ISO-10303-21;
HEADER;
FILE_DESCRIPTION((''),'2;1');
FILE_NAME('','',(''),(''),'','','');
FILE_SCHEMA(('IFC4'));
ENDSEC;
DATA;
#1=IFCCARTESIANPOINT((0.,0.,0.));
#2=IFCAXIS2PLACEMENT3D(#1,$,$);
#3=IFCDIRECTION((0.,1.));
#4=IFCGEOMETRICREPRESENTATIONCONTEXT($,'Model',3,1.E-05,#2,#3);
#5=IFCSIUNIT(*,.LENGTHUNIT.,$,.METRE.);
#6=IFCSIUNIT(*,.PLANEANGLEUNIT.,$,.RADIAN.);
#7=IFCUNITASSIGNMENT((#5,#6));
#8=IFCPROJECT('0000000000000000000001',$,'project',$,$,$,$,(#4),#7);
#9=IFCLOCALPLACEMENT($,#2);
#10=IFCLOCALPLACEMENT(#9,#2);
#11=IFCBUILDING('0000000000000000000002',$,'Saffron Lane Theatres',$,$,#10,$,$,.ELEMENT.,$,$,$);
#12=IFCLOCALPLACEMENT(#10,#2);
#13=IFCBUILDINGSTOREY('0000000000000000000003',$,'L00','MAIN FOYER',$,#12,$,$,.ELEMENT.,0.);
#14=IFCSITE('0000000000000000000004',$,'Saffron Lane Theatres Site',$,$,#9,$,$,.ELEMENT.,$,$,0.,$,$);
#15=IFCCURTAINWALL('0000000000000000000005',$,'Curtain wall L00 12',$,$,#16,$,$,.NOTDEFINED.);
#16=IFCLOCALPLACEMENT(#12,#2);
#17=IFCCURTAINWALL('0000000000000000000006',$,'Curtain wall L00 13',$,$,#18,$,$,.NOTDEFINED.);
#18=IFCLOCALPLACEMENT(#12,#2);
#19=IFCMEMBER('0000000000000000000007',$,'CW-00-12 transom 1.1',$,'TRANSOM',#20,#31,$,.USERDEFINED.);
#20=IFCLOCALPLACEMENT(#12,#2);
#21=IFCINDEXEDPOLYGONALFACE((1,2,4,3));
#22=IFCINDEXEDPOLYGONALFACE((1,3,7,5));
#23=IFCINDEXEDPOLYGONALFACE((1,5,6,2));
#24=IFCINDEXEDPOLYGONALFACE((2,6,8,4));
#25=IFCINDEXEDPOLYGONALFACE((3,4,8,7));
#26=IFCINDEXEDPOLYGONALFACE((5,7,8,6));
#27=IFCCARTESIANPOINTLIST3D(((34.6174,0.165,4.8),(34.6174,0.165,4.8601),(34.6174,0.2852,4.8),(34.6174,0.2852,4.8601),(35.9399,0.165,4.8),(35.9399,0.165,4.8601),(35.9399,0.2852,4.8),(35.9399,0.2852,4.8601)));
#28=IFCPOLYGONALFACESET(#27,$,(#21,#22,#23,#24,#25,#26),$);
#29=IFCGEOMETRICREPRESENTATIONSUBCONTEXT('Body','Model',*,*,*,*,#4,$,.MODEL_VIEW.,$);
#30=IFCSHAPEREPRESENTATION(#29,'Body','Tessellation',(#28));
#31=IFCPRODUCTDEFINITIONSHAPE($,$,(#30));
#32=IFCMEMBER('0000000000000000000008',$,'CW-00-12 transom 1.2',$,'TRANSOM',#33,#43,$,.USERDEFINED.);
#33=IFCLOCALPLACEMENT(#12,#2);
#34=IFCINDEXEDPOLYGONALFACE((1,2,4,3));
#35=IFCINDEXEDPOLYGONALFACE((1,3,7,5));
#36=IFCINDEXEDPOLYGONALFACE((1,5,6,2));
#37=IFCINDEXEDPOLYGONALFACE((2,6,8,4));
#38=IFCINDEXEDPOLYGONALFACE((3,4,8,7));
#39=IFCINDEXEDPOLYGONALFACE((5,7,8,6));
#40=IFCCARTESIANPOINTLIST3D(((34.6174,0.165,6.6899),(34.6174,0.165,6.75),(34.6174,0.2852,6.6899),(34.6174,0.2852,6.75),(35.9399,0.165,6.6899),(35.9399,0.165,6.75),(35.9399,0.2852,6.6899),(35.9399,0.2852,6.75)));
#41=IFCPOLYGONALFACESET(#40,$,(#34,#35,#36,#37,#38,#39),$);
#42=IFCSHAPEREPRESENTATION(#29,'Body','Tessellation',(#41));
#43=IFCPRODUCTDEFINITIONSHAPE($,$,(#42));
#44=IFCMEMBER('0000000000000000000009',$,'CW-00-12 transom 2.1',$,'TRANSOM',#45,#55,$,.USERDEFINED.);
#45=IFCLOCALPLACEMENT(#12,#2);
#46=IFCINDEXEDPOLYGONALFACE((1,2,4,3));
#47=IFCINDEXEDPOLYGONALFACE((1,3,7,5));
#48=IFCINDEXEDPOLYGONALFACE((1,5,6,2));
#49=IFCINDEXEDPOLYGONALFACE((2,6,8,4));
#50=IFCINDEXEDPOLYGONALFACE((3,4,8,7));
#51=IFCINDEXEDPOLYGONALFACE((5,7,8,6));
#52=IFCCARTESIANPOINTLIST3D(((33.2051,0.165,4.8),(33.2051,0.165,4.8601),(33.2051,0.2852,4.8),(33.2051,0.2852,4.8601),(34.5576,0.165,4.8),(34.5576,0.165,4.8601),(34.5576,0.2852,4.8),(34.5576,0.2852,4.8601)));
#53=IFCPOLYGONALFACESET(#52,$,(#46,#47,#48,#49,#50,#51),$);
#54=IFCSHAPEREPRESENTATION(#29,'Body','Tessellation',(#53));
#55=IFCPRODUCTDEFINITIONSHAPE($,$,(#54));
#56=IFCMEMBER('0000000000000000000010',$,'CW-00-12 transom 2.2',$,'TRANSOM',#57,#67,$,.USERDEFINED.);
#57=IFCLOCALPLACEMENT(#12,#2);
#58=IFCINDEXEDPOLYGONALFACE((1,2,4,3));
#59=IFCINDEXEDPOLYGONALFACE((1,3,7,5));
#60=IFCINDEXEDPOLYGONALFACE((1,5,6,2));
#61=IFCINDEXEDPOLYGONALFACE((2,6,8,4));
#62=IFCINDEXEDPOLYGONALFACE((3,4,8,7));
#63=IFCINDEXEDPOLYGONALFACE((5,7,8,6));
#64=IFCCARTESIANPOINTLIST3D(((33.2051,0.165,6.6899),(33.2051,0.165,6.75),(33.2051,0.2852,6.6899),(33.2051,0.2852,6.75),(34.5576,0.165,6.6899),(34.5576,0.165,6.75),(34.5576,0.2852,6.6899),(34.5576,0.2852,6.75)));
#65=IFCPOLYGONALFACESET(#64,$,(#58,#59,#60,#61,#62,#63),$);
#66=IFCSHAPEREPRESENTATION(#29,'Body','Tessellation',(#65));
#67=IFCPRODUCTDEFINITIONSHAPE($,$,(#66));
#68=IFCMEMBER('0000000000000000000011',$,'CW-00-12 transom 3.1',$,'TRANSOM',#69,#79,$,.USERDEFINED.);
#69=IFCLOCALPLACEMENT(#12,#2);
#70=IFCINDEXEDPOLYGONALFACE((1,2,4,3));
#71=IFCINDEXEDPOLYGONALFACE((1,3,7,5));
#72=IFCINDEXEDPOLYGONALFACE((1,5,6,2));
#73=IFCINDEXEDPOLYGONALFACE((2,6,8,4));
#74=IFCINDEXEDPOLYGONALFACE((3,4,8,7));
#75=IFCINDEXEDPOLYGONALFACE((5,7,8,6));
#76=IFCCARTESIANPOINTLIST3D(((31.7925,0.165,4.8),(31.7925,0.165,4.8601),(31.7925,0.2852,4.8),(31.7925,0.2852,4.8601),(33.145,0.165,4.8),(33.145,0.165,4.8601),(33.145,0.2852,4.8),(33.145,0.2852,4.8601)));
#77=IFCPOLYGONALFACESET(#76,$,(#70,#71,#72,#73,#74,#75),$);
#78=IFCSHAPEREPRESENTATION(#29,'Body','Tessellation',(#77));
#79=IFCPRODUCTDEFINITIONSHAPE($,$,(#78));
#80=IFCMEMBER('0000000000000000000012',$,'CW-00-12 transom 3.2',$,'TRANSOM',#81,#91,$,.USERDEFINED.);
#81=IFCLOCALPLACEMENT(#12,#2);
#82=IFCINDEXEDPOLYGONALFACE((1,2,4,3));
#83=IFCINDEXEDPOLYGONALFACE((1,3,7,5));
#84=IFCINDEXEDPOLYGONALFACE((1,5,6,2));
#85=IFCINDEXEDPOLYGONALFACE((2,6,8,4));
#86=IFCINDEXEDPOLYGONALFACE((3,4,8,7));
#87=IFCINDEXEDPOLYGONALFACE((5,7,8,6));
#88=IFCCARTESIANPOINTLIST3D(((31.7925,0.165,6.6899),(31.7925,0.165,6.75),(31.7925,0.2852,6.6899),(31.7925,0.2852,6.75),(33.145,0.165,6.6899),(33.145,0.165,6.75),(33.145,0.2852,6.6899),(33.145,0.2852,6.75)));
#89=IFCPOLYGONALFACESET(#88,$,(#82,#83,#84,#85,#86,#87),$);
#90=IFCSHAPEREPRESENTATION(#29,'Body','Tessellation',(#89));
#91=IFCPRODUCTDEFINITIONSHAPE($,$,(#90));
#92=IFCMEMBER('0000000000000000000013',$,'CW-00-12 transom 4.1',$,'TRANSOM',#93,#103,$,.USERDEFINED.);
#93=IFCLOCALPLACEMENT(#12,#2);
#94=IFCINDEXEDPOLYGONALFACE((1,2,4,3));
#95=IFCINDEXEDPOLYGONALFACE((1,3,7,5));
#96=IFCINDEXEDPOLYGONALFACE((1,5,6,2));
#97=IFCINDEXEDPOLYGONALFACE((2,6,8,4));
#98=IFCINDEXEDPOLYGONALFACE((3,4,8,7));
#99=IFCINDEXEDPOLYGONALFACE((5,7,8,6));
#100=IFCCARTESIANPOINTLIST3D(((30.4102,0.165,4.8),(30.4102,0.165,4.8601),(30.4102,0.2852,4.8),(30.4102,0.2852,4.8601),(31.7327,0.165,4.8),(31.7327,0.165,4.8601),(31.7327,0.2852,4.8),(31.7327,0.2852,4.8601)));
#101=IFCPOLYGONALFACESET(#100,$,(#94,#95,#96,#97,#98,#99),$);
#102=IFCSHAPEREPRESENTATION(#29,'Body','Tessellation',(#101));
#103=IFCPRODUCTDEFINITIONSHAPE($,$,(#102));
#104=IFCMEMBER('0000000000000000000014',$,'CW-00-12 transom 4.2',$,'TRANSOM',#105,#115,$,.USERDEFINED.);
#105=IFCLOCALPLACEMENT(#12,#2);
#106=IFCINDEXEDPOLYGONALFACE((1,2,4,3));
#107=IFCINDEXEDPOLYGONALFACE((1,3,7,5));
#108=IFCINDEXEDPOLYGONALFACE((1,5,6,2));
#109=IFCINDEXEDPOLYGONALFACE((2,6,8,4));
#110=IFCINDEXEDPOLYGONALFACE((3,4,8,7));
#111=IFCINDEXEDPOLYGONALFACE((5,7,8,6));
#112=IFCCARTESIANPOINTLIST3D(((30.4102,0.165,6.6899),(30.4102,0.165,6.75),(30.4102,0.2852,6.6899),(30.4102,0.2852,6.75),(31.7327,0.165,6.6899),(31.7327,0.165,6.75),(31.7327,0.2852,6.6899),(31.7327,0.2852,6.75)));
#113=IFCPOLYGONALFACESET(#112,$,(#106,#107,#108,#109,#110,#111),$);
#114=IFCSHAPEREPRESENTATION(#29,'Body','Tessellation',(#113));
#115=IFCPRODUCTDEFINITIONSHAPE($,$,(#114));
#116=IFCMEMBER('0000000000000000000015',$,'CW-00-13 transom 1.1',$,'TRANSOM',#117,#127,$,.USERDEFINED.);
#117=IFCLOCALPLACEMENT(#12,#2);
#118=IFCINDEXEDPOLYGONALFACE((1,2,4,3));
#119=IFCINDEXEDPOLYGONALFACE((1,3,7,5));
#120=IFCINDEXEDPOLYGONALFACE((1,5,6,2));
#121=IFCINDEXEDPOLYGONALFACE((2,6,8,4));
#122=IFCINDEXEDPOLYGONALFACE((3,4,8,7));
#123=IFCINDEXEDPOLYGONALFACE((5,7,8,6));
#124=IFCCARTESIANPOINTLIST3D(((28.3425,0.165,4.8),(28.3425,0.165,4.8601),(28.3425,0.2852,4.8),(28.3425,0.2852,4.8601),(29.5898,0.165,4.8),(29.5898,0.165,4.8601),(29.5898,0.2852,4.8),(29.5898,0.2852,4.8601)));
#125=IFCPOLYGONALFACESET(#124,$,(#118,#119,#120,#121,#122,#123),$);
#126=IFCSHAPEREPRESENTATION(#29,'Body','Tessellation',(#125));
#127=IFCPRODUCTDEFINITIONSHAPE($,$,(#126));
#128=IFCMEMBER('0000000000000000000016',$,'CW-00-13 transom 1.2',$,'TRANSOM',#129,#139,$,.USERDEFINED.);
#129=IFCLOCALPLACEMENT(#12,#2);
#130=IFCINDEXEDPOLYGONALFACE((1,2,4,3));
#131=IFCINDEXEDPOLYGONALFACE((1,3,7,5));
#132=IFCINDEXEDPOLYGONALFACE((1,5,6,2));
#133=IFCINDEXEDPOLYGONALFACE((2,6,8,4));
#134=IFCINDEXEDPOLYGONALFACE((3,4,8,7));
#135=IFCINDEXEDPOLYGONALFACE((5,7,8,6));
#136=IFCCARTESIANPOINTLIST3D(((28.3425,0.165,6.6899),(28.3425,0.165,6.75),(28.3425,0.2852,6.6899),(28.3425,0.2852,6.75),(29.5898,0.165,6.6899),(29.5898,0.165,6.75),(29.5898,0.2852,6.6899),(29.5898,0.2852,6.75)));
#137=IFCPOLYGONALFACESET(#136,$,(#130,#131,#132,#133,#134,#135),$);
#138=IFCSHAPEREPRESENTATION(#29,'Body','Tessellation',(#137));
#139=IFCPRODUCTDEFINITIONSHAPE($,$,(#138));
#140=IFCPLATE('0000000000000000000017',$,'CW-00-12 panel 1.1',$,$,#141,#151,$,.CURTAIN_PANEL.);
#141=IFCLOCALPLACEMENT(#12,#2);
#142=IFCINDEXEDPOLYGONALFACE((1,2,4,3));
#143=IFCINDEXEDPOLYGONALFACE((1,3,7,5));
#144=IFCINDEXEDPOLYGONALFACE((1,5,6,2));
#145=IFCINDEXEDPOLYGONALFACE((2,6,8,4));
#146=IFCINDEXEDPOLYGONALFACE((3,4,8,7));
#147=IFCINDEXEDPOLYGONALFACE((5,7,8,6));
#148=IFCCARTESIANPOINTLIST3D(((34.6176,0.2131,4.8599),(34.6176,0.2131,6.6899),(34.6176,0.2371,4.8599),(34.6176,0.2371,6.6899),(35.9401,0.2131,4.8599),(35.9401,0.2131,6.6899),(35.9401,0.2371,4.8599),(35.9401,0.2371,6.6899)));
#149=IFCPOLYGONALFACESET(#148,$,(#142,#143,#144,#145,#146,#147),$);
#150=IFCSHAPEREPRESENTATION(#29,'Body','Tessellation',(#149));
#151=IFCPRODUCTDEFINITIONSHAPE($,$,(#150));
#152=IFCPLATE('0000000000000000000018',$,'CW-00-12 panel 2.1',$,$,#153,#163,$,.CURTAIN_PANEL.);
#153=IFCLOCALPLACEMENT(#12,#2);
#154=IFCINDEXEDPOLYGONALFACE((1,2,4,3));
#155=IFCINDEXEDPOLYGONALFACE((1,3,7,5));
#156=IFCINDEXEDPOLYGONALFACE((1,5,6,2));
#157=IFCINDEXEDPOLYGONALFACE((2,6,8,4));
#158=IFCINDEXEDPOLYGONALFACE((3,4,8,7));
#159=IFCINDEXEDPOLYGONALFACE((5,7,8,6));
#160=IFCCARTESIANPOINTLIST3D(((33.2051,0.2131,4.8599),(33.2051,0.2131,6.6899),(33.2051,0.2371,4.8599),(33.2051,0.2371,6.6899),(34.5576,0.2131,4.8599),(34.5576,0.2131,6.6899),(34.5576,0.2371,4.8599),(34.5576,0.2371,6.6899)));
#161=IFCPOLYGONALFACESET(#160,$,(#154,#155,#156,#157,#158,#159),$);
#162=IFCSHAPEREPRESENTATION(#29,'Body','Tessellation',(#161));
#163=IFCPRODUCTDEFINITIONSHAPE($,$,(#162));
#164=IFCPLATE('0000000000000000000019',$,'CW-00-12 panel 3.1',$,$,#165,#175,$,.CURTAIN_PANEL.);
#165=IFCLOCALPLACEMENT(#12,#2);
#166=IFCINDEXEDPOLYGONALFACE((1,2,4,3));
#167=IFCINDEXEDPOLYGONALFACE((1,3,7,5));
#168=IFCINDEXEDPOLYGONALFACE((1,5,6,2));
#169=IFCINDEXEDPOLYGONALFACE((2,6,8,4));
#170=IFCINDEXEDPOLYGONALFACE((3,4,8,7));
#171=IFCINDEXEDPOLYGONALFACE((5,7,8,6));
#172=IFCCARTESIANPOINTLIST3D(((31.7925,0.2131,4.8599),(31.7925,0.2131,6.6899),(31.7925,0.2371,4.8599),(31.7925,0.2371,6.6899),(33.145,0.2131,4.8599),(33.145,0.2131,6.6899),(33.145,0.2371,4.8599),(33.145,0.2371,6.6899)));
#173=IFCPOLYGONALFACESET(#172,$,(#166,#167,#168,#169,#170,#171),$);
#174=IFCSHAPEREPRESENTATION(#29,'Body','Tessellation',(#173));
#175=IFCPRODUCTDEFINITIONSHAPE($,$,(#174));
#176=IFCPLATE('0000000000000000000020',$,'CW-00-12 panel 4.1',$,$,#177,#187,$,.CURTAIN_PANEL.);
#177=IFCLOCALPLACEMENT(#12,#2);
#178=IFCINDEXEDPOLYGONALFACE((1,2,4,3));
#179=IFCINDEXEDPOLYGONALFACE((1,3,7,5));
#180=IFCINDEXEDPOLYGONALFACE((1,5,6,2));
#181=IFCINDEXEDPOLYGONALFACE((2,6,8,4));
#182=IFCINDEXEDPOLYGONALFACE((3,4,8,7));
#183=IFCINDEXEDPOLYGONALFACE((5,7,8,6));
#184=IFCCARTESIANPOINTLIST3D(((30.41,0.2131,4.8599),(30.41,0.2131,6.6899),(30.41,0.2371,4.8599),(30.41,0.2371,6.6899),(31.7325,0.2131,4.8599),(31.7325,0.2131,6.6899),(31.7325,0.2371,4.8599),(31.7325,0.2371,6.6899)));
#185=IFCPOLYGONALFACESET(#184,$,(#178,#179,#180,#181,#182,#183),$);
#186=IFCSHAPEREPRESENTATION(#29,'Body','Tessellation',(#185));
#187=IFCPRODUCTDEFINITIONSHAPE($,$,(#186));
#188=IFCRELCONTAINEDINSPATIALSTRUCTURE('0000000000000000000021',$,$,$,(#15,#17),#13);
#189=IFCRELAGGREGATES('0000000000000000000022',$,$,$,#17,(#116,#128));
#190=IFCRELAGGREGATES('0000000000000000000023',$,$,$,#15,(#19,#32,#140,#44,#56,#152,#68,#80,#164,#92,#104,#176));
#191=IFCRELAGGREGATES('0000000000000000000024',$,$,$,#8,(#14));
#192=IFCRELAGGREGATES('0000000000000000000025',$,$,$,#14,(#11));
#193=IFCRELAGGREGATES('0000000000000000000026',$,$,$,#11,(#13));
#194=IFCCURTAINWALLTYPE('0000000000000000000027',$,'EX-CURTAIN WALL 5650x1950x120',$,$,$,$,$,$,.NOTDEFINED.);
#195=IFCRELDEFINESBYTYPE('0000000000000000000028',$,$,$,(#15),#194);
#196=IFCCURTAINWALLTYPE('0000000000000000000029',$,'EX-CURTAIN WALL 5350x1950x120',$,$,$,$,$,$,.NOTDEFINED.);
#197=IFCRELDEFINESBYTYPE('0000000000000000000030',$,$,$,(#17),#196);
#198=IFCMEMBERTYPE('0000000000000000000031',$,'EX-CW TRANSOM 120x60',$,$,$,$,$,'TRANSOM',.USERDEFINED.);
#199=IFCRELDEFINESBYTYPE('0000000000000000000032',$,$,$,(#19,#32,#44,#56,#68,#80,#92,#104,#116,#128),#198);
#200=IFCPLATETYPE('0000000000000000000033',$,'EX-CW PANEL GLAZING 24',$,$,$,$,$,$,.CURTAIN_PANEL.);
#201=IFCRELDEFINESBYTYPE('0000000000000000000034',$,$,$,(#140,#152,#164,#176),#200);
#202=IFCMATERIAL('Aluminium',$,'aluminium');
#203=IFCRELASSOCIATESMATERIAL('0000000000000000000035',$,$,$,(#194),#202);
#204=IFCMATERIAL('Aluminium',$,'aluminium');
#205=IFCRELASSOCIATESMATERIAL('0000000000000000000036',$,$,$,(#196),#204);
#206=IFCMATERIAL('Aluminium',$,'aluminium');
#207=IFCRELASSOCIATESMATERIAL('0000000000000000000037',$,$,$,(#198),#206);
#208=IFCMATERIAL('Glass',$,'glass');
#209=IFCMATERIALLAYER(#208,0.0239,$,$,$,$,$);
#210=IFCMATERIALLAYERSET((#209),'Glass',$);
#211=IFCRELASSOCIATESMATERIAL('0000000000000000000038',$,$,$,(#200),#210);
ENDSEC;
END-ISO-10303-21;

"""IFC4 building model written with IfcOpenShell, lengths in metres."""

from ifc_helpers import new_model, si_unit, direction, frame, origin, origin_2d, place, context, subcontext, project, spatial, rectangle, extrude, material, layer, layer_set, material_profile, profile_set, type_object, element, aggregate, save


model = new_model("IFC4")

# Units and contexts
model_context = context("Model", 3, precision=1e-05, world=origin(), true_north=direction((0.0, 1.0)))
body_context = subcontext(model_context, "Body", "Model", "MODEL_VIEW")
ifc_project = project(units=[si_unit("LENGTHUNIT", "METRE"), si_unit("PLANEANGLEUNIT", "RADIAN")], contexts=[model_context])

# Site, building, storey
site_placement = place(None, origin())
site = spatial("IfcSite", under=ifc_project, at=site_placement, Name="Saffron Lane Theatres Site", CompositionType="ELEMENT", RefElevation=0.0)
building_placement = place(site_placement, origin())
building = spatial("IfcBuilding", under=site, at=building_placement, Name="Saffron Lane Theatres", CompositionType="ELEMENT")
storey_placement = place(building_placement, origin())
storey = spatial("IfcBuildingStorey", under=building, at=storey_placement, Name="L00", Description="MAIN FOYER", CompositionType="ELEMENT", Elevation=0.0)

# Curtain wall
ifc_material_1 = material(Name="Aluminium", Category="aluminium")
curtain_wall_type_1 = type_object("IfcCurtainWallType", Name="EX-CURTAIN WALL 5650x1950x120", PredefinedType="NOTDEFINED", material=ifc_material_1)
curtain_wall_1_placement = place(storey_placement, origin())
curtain_wall_1 = element("IfcCurtainWall", 1, at=curtain_wall_1_placement, inside=storey, type_object=curtain_wall_type_1, Name="Curtain wall L00 12", PredefinedType="NOTDEFINED")

# Curtain wall
ifc_material_2 = material(Name="Aluminium", Category="aluminium")
curtain_wall_type_2 = type_object("IfcCurtainWallType", Name="EX-CURTAIN WALL 5350x1950x120", PredefinedType="NOTDEFINED", material=ifc_material_2)
curtain_wall_2_placement = place(storey_placement, origin())
curtain_wall_2 = element("IfcCurtainWall", 2, at=curtain_wall_2_placement, inside=storey, type_object=curtain_wall_type_2, Name="Curtain wall L00 13", PredefinedType="NOTDEFINED")

# Members
ifc_material_3 = material(Name="Aluminium", Category="aluminium")
ifc_material_profile_1 = material_profile(ifc_material_3, rectangle(XDim=0.1201, YDim=0.0601, at=origin_2d()))
ifc_profile_set_1 = profile_set([ifc_material_profile_1], Name="Aluminium")
member_type_1 = type_object("IfcMemberType", Name="EX-CW TRANSOM 120x60", ElementType="TRANSOM", PredefinedType="USERDEFINED", material=ifc_profile_set_1)
member_1_placement = place(storey_placement, frame((35.9399, 0.2251, 4.8301), z_axis=(-1.0, 0.0, 0.0), x_axis=(0.0, -1.0, 0.0)))
member_1 = element("IfcMember", 3, at=member_1_placement, type_object=member_type_1, Name="CW-00-12 transom 1.1", ObjectType="TRANSOM", PredefinedType="USERDEFINED", context=body_context, shape_type="SweptSolid", body=[
    extrude(rectangle(XDim=0.1201, YDim=0.0601, at=origin_2d()), origin(), (0.0, 0.0, 1.0), 1.3225),
])
member_2_placement = place(storey_placement, frame((35.9399, 0.2251, 6.72), z_axis=(-1.0, 0.0, 0.0), x_axis=(0.0, -1.0, 0.0)))
member_2 = element("IfcMember", 4, at=member_2_placement, type_object=member_type_1, Name="CW-00-12 transom 1.2", ObjectType="TRANSOM", PredefinedType="USERDEFINED", context=body_context, shape_type="SweptSolid", body=[
    extrude(rectangle(XDim=0.1201, YDim=0.0601, at=origin_2d()), origin(), (0.0, 0.0, 1.0), 1.3225),
])
member_3_placement = place(storey_placement, frame((34.5576, 0.2251, 4.8301), z_axis=(-1.0, 0.0, 0.0), x_axis=(0.0, -1.0, 0.0)))
member_3 = element("IfcMember", 5, at=member_3_placement, type_object=member_type_1, Name="CW-00-12 transom 2.1", ObjectType="TRANSOM", PredefinedType="USERDEFINED", context=body_context, shape_type="SweptSolid", body=[
    extrude(rectangle(XDim=0.1201, YDim=0.0601, at=origin_2d()), origin(), (0.0, 0.0, 1.0), 1.3525),
])
member_4_placement = place(storey_placement, frame((34.5576, 0.2251, 6.72), z_axis=(-1.0, 0.0, 0.0), x_axis=(0.0, -1.0, 0.0)))
member_4 = element("IfcMember", 6, at=member_4_placement, type_object=member_type_1, Name="CW-00-12 transom 2.2", ObjectType="TRANSOM", PredefinedType="USERDEFINED", context=body_context, shape_type="SweptSolid", body=[
    extrude(rectangle(XDim=0.1201, YDim=0.0601, at=origin_2d()), origin(), (0.0, 0.0, 1.0), 1.3525),
])
member_5_placement = place(storey_placement, frame((33.145, 0.2251, 4.8301), z_axis=(-1.0, 0.0, 0.0), x_axis=(0.0, -1.0, 0.0)))
member_5 = element("IfcMember", 7, at=member_5_placement, type_object=member_type_1, Name="CW-00-12 transom 3.1", ObjectType="TRANSOM", PredefinedType="USERDEFINED", context=body_context, shape_type="SweptSolid", body=[
    extrude(rectangle(XDim=0.1201, YDim=0.0601, at=origin_2d()), origin(), (0.0, 0.0, 1.0), 1.3525),
])
member_6_placement = place(storey_placement, frame((33.145, 0.2251, 6.72), z_axis=(-1.0, 0.0, 0.0), x_axis=(0.0, -1.0, 0.0)))
member_6 = element("IfcMember", 8, at=member_6_placement, type_object=member_type_1, Name="CW-00-12 transom 3.2", ObjectType="TRANSOM", PredefinedType="USERDEFINED", context=body_context, shape_type="SweptSolid", body=[
    extrude(rectangle(XDim=0.1201, YDim=0.0601, at=origin_2d()), origin(), (0.0, 0.0, 1.0), 1.3525),
])
member_7_placement = place(storey_placement, frame((31.7327, 0.2251, 4.8301), z_axis=(-1.0, 0.0, 0.0), x_axis=(0.0, -1.0, 0.0)))
member_7 = element("IfcMember", 9, at=member_7_placement, type_object=member_type_1, Name="CW-00-12 transom 4.1", ObjectType="TRANSOM", PredefinedType="USERDEFINED", context=body_context, shape_type="SweptSolid", body=[
    extrude(rectangle(XDim=0.1201, YDim=0.0601, at=origin_2d()), origin(), (0.0, 0.0, 1.0), 1.3225),
])
member_8_placement = place(storey_placement, frame((31.7327, 0.2251, 6.72), z_axis=(-1.0, 0.0, 0.0), x_axis=(0.0, -1.0, 0.0)))
member_8 = element("IfcMember", 10, at=member_8_placement, type_object=member_type_1, Name="CW-00-12 transom 4.2", ObjectType="TRANSOM", PredefinedType="USERDEFINED", context=body_context, shape_type="SweptSolid", body=[
    extrude(rectangle(XDim=0.1201, YDim=0.0601, at=origin_2d()), origin(), (0.0, 0.0, 1.0), 1.3225),
])
member_9_placement = place(storey_placement, frame((29.5898, 0.2251, 4.8301), z_axis=(-1.0, 0.0, 0.0), x_axis=(0.0, -1.0, 0.0)))
member_9 = element("IfcMember", 11, at=member_9_placement, type_object=member_type_1, Name="CW-00-13 transom 1.1", ObjectType="TRANSOM", PredefinedType="USERDEFINED", context=body_context, shape_type="SweptSolid", body=[
    extrude(rectangle(XDim=0.1201, YDim=0.0601, at=origin_2d()), origin(), (0.0, 0.0, 1.0), 1.2473),
])
member_10_placement = place(storey_placement, frame((29.5898, 0.2251, 6.72), z_axis=(-1.0, 0.0, 0.0), x_axis=(0.0, -1.0, 0.0)))
member_10 = element("IfcMember", 12, at=member_10_placement, type_object=member_type_1, Name="CW-00-13 transom 1.2", ObjectType="TRANSOM", PredefinedType="USERDEFINED", context=body_context, shape_type="SweptSolid", body=[
    extrude(rectangle(XDim=0.1201, YDim=0.0601, at=origin_2d()), origin(), (0.0, 0.0, 1.0), 1.2473),
])
aggregate(curtain_wall_2, [member_9, member_10])

# Plates
ifc_material_4 = material(Name="Glass", Category="glass")
ifc_layer_1 = layer(ifc_material_4, 0.0239)
ifc_layer_set_1 = layer_set([ifc_layer_1], Name="Glass")
plate_type = type_object("IfcPlateType", Name="EX-CW PANEL GLAZING 24", PredefinedType="CURTAIN_PANEL", material=ifc_layer_set_1)
plate_1_placement = place(storey_placement, frame((35.2788, 0.2251, 4.8599), z_axis=(0.0, 0.0, 1.0), x_axis=(-1.0, 0.0, 0.0)))
plate_1 = element("IfcPlate", 13, at=plate_1_placement, type_object=plate_type, Name="CW-00-12 panel 1.1", PredefinedType="CURTAIN_PANEL", context=body_context, shape_type="SweptSolid", body=[
    extrude(rectangle(XDim=1.3225, YDim=0.0239, at=origin_2d()), origin(), (0.0, 0.0, 1.0), 1.8301),
])
plate_2_placement = place(storey_placement, frame((33.8813, 0.2251, 4.8599), z_axis=(0.0, 0.0, 1.0), x_axis=(-1.0, 0.0, 0.0)))
plate_2 = element("IfcPlate", 14, at=plate_2_placement, type_object=plate_type, Name="CW-00-12 panel 2.1", PredefinedType="CURTAIN_PANEL", context=body_context, shape_type="SweptSolid", body=[
    extrude(rectangle(XDim=1.3525, YDim=0.0239, at=origin_2d()), origin(), (0.0, 0.0, 1.0), 1.8301),
])
plate_3_placement = place(storey_placement, frame((32.4688, 0.2251, 4.8599), z_axis=(0.0, 0.0, 1.0), x_axis=(-1.0, 0.0, 0.0)))
plate_3 = element("IfcPlate", 15, at=plate_3_placement, type_object=plate_type, Name="CW-00-12 panel 3.1", PredefinedType="CURTAIN_PANEL", context=body_context, shape_type="SweptSolid", body=[
    extrude(rectangle(XDim=1.3525, YDim=0.0239, at=origin_2d()), origin(), (0.0, 0.0, 1.0), 1.8301),
])
plate_4_placement = place(storey_placement, frame((31.0713, 0.2251, 4.8599), z_axis=(0.0, 0.0, 1.0), x_axis=(-1.0, 0.0, 0.0)))
plate_4 = element("IfcPlate", 16, at=plate_4_placement, type_object=plate_type, Name="CW-00-12 panel 4.1", PredefinedType="CURTAIN_PANEL", context=body_context, shape_type="SweptSolid", body=[
    extrude(rectangle(XDim=1.3225, YDim=0.0239, at=origin_2d()), origin(), (0.0, 0.0, 1.0), 1.8301),
])
aggregate(curtain_wall_1, [member_1, member_2, plate_1, member_3, member_4, plate_2, member_5, member_6, plate_3, member_7, member_8, plate_4])

save(model, "model.ifc")
